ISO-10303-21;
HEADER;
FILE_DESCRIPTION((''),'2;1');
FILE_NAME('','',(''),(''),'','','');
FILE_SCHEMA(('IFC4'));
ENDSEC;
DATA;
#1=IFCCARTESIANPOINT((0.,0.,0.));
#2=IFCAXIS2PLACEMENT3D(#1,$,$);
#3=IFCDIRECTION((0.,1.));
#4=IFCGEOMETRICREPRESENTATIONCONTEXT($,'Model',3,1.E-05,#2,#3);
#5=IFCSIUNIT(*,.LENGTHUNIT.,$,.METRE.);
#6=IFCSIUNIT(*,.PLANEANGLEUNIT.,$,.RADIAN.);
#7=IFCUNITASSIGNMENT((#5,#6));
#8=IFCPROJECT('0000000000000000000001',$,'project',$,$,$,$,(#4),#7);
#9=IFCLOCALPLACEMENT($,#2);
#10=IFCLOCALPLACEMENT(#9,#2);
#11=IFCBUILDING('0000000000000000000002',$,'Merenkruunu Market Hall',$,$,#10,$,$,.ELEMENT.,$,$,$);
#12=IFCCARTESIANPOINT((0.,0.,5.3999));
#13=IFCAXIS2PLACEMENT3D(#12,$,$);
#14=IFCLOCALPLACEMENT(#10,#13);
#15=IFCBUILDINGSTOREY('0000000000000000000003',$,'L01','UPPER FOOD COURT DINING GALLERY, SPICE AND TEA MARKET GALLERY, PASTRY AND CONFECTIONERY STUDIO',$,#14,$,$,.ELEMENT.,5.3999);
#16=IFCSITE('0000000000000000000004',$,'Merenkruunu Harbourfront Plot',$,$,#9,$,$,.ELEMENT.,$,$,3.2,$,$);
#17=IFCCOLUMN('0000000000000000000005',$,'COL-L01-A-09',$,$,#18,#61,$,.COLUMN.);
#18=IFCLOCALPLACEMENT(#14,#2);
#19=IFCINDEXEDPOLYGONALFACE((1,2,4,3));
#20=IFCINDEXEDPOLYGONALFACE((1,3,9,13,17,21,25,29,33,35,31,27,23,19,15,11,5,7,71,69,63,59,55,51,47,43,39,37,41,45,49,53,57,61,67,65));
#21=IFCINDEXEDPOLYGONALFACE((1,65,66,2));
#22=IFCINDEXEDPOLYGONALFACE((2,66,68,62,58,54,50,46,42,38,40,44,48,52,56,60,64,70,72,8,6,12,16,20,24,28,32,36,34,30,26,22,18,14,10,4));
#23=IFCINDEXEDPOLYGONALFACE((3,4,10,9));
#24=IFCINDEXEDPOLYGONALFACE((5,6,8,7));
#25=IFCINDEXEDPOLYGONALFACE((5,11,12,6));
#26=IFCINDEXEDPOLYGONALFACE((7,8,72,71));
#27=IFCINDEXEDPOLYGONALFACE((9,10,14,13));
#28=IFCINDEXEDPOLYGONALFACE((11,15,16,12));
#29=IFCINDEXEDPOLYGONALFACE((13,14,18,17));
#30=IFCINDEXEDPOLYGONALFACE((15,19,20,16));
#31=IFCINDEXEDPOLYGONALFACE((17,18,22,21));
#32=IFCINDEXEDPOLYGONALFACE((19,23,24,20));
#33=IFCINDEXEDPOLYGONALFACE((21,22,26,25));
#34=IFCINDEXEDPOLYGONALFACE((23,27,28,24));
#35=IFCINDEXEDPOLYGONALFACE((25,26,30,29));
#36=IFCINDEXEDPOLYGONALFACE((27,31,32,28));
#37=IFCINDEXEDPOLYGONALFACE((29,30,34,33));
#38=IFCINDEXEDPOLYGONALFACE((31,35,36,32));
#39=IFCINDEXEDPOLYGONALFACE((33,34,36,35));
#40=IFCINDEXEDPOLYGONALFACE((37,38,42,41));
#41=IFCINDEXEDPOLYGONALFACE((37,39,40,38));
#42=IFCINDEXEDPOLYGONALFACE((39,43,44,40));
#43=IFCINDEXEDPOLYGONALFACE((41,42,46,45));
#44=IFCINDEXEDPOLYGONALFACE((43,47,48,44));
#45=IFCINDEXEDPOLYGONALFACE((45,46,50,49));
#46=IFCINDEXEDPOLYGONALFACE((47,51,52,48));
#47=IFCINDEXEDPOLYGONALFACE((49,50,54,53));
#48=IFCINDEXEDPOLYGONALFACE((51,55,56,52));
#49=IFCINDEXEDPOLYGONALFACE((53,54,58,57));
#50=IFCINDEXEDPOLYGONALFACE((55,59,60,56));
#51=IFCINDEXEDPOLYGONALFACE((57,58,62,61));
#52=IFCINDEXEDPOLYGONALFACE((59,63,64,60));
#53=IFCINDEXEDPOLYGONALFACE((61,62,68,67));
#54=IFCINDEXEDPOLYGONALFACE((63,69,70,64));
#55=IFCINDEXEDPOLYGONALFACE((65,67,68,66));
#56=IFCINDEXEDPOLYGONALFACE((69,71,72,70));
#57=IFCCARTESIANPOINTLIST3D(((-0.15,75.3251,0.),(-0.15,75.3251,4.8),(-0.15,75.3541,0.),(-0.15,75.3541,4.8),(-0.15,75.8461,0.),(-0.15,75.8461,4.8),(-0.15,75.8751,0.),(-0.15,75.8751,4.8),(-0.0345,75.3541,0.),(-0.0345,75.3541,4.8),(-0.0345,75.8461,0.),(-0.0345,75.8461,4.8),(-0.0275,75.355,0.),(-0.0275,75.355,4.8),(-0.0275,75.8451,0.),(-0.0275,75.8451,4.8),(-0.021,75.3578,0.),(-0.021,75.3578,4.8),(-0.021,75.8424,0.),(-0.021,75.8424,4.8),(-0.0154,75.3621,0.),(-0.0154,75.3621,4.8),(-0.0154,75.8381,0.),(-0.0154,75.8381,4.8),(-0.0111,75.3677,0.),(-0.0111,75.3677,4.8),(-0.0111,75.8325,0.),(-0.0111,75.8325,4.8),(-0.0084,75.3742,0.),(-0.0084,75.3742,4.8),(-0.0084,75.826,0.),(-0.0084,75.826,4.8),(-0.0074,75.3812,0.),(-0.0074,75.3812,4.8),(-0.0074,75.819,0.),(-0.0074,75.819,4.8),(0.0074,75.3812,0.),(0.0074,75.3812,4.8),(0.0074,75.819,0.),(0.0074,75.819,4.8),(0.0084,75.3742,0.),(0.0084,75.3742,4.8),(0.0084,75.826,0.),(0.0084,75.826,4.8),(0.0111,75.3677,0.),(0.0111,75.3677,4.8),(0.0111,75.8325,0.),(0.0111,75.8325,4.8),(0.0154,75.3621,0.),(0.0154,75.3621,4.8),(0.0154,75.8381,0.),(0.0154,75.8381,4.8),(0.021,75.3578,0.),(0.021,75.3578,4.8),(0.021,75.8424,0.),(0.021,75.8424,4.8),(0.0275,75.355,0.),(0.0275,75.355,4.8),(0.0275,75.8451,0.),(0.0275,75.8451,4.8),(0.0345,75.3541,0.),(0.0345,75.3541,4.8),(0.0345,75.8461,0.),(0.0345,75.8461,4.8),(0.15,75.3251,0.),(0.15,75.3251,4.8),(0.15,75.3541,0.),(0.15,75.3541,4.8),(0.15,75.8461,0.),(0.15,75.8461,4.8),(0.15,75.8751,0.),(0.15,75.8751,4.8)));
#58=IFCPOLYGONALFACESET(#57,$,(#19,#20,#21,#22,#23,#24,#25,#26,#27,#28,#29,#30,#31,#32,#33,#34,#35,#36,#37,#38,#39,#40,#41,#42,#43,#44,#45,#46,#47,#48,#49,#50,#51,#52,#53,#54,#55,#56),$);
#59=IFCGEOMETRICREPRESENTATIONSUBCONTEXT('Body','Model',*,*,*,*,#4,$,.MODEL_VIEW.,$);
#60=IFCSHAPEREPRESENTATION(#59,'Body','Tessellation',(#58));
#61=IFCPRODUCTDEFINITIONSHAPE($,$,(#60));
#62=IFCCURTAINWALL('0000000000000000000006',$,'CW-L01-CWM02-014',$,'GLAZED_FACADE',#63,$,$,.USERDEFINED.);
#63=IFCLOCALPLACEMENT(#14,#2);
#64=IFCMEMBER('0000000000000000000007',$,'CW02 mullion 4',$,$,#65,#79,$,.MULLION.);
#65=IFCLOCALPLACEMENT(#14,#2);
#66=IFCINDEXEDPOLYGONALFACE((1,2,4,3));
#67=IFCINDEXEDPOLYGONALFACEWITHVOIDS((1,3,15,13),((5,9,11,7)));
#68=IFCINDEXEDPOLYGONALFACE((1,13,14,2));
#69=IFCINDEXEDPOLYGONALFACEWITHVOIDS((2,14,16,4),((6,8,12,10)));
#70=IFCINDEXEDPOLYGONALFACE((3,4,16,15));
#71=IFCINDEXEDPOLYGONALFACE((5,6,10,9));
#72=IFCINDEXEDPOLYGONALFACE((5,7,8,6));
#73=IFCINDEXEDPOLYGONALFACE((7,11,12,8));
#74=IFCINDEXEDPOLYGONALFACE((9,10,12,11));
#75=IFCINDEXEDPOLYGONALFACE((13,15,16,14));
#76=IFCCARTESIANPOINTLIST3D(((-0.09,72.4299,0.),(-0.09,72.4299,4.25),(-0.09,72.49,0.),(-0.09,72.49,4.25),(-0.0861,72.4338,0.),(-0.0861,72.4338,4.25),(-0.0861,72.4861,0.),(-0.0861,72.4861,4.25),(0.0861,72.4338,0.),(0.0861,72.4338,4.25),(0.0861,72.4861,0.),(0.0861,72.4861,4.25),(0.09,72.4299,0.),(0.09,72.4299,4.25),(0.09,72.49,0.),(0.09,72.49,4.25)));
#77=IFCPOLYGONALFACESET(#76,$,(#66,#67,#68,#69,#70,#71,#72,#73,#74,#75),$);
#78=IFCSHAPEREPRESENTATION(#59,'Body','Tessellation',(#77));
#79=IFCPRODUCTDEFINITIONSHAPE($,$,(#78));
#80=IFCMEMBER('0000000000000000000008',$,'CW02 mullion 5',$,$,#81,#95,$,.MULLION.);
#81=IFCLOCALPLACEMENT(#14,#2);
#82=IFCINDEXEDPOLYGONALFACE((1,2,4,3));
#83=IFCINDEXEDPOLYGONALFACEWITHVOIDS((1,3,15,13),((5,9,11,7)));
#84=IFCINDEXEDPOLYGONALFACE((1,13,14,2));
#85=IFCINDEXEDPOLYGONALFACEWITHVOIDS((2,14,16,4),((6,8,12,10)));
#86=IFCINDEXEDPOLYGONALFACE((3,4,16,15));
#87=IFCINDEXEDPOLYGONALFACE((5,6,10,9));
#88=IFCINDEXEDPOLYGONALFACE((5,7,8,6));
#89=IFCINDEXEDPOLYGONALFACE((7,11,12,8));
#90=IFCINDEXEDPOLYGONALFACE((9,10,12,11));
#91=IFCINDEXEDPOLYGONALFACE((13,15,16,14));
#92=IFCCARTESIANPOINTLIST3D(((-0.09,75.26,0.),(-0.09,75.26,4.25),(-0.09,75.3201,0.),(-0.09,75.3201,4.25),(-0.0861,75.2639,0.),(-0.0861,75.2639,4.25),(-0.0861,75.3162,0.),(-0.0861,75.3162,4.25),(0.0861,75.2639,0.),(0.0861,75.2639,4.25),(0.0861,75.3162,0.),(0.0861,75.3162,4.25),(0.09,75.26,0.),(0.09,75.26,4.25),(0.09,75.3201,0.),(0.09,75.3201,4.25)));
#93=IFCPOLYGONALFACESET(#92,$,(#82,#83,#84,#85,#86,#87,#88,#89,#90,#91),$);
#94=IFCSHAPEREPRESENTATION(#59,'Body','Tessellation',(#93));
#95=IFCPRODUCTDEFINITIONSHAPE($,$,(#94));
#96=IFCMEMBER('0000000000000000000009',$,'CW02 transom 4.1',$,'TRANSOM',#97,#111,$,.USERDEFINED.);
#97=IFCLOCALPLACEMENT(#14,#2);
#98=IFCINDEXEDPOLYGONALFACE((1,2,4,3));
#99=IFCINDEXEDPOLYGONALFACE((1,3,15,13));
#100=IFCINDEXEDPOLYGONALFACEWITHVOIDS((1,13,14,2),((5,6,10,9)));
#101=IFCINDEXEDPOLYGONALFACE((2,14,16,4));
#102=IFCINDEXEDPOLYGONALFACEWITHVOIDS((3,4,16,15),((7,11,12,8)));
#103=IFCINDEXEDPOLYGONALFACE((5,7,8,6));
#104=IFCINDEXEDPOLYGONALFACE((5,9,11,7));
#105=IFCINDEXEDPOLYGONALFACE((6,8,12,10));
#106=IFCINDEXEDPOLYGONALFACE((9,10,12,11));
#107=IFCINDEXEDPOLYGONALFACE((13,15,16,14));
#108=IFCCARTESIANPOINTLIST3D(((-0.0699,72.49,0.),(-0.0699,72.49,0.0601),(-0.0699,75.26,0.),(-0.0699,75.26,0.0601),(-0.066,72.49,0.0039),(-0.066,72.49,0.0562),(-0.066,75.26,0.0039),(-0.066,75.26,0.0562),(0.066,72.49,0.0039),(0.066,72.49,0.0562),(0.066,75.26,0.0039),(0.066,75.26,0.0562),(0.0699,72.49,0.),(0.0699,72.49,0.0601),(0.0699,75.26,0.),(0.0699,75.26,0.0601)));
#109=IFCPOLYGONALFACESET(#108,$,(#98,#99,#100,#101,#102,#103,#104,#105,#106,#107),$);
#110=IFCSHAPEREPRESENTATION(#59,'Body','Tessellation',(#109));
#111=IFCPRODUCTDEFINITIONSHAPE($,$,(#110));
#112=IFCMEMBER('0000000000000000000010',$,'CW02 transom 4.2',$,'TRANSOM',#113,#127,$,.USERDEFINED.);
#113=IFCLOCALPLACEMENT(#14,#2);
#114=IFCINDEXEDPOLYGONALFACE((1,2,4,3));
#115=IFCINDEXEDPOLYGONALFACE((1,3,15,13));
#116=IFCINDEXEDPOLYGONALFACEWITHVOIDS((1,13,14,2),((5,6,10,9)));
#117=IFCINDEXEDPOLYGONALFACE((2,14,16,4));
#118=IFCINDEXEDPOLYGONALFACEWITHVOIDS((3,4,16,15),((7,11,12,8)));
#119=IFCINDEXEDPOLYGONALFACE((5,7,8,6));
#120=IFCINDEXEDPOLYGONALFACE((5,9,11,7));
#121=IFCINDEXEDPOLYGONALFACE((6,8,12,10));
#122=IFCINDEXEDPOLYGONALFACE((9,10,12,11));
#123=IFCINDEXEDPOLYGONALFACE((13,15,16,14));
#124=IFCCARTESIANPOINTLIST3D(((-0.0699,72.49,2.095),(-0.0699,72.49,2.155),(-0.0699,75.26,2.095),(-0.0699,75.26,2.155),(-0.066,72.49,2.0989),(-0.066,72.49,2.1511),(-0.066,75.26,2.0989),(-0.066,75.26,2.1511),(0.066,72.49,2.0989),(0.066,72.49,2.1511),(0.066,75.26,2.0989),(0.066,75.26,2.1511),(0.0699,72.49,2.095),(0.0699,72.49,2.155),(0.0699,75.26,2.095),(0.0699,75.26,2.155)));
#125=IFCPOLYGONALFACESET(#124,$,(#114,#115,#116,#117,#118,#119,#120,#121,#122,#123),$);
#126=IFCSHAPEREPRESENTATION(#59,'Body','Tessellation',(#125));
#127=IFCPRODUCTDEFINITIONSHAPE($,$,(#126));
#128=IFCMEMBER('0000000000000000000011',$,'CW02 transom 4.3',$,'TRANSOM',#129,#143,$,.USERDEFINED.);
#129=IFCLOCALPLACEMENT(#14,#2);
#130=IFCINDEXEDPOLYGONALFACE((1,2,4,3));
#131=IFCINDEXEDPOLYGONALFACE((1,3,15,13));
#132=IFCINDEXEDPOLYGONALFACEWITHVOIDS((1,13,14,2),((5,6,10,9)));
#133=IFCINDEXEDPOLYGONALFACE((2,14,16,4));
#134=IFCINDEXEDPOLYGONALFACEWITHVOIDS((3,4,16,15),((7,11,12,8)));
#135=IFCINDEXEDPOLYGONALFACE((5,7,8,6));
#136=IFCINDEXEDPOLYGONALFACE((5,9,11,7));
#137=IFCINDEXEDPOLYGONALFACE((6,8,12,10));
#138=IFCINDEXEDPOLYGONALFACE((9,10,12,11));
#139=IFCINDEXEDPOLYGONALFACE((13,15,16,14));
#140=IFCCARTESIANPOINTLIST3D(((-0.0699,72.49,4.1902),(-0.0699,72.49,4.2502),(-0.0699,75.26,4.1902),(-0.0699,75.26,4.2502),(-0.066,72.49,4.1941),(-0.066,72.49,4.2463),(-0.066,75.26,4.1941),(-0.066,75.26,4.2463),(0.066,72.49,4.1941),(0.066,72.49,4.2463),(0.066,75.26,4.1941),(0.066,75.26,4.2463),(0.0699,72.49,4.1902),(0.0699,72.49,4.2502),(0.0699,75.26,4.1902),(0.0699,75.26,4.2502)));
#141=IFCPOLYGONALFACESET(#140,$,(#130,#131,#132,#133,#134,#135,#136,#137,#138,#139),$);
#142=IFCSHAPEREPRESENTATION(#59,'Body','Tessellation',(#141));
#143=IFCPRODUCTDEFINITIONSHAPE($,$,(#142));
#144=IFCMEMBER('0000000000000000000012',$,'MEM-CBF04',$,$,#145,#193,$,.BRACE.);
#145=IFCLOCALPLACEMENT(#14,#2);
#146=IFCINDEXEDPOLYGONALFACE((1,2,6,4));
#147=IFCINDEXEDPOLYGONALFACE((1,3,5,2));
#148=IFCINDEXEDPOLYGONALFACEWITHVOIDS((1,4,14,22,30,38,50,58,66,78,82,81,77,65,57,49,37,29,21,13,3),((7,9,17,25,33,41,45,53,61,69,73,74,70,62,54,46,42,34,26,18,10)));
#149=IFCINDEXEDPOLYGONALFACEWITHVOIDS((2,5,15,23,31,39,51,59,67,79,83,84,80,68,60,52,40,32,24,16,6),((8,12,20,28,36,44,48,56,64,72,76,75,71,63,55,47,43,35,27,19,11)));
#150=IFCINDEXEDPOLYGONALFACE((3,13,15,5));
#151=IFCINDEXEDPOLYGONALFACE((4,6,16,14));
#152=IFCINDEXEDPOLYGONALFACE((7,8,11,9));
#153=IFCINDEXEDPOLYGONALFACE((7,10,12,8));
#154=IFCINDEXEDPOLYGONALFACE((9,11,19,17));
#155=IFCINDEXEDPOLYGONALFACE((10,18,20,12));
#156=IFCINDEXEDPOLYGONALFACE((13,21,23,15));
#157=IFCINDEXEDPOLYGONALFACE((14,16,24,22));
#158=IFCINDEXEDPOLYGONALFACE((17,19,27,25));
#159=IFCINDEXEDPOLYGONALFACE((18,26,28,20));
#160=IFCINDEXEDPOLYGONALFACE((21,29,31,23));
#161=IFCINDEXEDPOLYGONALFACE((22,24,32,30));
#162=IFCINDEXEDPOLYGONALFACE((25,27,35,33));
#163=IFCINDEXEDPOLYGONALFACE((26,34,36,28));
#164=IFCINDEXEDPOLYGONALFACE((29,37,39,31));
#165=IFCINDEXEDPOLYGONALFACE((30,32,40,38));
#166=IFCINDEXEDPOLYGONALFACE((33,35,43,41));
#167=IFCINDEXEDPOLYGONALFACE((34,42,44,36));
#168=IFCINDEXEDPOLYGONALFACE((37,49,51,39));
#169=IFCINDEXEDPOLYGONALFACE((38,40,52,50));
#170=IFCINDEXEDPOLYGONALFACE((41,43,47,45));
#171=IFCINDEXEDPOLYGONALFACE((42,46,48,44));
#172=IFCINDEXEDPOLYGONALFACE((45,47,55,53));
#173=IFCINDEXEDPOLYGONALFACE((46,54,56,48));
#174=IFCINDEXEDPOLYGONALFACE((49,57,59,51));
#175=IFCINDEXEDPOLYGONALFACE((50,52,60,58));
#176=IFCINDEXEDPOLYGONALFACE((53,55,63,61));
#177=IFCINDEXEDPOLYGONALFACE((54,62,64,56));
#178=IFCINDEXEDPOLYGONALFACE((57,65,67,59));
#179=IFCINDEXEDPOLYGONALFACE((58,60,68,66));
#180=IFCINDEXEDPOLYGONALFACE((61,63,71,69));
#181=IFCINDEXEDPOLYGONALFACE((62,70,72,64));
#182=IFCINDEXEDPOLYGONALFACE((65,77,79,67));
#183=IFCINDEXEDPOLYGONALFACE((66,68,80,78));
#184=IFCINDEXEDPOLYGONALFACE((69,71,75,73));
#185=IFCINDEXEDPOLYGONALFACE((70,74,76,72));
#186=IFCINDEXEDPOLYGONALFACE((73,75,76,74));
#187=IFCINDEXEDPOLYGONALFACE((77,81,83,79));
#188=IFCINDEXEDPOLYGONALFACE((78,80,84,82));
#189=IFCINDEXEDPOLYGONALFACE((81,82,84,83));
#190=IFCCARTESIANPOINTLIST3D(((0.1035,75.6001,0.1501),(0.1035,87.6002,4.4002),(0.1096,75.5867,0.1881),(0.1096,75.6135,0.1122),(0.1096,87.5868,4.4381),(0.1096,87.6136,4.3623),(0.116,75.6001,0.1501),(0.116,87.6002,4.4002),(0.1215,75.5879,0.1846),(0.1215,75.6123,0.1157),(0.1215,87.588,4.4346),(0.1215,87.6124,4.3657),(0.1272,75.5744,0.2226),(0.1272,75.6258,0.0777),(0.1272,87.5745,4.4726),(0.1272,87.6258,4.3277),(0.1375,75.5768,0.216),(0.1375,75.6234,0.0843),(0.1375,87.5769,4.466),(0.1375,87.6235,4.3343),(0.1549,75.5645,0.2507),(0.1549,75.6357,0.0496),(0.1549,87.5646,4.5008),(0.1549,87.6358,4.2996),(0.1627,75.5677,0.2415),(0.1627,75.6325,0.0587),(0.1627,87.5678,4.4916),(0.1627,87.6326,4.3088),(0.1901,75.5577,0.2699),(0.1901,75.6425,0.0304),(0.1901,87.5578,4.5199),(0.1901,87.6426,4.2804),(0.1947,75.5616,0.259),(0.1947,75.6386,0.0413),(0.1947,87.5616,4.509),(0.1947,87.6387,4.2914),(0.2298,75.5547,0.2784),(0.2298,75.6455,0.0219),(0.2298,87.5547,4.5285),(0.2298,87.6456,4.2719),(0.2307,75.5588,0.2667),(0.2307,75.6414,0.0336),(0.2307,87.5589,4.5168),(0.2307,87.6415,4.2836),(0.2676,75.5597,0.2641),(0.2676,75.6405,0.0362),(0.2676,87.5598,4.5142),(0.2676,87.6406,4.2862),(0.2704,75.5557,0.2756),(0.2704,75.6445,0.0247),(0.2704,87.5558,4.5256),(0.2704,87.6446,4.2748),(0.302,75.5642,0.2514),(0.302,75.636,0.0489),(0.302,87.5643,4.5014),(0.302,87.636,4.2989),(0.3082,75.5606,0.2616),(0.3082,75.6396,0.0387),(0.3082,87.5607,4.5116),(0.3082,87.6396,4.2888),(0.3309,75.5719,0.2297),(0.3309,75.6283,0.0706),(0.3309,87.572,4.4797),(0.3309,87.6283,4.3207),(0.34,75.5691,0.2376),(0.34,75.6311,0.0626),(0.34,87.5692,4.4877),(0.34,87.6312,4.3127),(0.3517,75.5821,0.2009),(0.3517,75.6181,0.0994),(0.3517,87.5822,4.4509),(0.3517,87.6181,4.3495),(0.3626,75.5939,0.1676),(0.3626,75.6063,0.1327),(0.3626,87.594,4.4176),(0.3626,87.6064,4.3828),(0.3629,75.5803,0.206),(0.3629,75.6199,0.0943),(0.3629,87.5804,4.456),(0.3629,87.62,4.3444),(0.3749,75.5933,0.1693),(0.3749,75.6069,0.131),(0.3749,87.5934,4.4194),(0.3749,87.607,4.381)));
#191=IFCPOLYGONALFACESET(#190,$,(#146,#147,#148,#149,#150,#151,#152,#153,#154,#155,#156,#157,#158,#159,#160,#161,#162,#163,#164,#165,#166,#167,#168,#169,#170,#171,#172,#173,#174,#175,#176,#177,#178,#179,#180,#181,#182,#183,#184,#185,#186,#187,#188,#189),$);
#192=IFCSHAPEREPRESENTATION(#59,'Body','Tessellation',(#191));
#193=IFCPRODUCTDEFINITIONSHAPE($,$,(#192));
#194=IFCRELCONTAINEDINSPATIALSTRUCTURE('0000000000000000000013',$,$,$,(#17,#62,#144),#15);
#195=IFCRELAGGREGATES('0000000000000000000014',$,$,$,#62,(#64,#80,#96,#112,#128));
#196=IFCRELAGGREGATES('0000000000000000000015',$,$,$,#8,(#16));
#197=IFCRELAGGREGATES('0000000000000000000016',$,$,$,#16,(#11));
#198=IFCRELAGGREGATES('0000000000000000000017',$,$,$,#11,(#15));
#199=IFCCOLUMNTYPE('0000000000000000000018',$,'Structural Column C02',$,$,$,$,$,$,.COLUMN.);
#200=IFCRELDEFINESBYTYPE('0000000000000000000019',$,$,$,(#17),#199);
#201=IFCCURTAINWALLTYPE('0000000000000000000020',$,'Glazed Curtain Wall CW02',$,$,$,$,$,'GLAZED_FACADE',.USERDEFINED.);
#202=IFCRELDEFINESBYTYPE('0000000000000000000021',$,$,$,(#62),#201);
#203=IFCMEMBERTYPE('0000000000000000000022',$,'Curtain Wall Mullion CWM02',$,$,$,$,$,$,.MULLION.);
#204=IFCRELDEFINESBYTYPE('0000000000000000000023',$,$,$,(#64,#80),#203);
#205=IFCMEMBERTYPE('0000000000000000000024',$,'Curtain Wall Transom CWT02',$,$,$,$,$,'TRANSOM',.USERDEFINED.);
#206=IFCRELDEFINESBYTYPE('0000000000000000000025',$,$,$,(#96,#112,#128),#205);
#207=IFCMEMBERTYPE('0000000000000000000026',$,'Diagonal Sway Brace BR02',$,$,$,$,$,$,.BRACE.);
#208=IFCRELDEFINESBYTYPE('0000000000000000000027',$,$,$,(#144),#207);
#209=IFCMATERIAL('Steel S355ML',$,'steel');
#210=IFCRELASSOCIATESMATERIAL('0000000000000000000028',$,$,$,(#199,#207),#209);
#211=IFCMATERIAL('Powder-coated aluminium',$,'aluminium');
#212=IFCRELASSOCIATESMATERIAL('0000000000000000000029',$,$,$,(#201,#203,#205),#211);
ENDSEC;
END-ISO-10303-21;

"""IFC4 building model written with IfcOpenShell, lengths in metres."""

from ifc_helpers import new_model, si_unit, direction, frame, origin, origin_2d, place, context, subcontext, project, spatial, hollow_rectangle, hollow_circle, i_section, extrude, material, material_profile, profile_set, type_object, element, aggregate, save


model = new_model("IFC4")

# Units and contexts
model_context = context("Model", 3, precision=1e-05, world=origin(), true_north=direction((0.0, 1.0)))
body_context = subcontext(model_context, "Body", "Model", "MODEL_VIEW")
ifc_project = project(units=[si_unit("LENGTHUNIT", "METRE"), si_unit("PLANEANGLEUNIT", "RADIAN")], contexts=[model_context])

# Site, building, storey
site_placement = place(None, origin())
site = spatial("IfcSite", under=ifc_project, at=site_placement, Name="Merenkruunu Harbourfront Plot", CompositionType="ELEMENT", RefElevation=3.2)
building_placement = place(site_placement, origin())
building = spatial("IfcBuilding", under=site, at=building_placement, Name="Merenkruunu Market Hall", CompositionType="ELEMENT")
storey_placement = place(building_placement, frame((0.0, 0.0, 5.3999)))
storey = spatial("IfcBuildingStorey", under=building, at=storey_placement, Name="L01", Description="UPPER FOOD COURT DINING GALLERY, SPICE AND TEA MARKET GALLERY, PASTRY AND CONFECTIONERY STUDIO", CompositionType="ELEMENT", Elevation=5.3999)

# Column
ifc_material_1 = material(Name="Steel S355ML", Category="steel")
ifc_material_profile_1 = material_profile(ifc_material_1, i_section(OverallWidth=0.3, OverallDepth=0.55, WebThickness=0.0149, FlangeThickness=0.0291, FilletRadius=0.0271, at=origin_2d()), Name="HEB 550")
ifc_profile_set_1 = profile_set([ifc_material_profile_1], Name="Steel S355ML")
column_type = type_object("IfcColumnType", Name="Structural Column C02", PredefinedType="COLUMN", material=ifc_profile_set_1)
column_placement = place(storey_placement, frame((0.0, 75.6001, 0.0), z_axis=(0.0, 0.0, 1.0), x_axis=(1.0, 0.0, 0.0)))
element("IfcColumn", 1, at=column_placement, inside=storey, type_object=column_type, Name="COL-L01-A-09", PredefinedType="COLUMN", context=body_context, shape_type="SweptSolid", body=[
    extrude(i_section(OverallWidth=0.3, OverallDepth=0.55, WebThickness=0.0149, FlangeThickness=0.0291, FilletRadius=0.0271, at=origin_2d()), origin(), (0.0, 0.0, 1.0), 4.8),
])

# Curtain wall, members
ifc_material_2 = material(Name="Powder-coated aluminium", Category="aluminium")
curtain_wall_type = type_object("IfcCurtainWallType", Name="Glazed Curtain Wall CW02", ElementType="GLAZED_FACADE", PredefinedType="USERDEFINED", material=ifc_material_2)
curtain_wall_placement = place(storey_placement, origin())
curtain_wall = element("IfcCurtainWall", 2, at=curtain_wall_placement, inside=storey, type_object=curtain_wall_type, Name="CW-L01-CWM02-014", ObjectType="GLAZED_FACADE", PredefinedType="USERDEFINED")
ifc_material_profile_2 = material_profile(ifc_material_2, hollow_rectangle(XDim=0.0601, YDim=0.1799, WallThickness=0.0039, at=origin_2d()), Name="ALU 60x180x4")
ifc_profile_set_2 = profile_set([ifc_material_profile_2], Name="Powder-coated aluminium")
member_type_1 = type_object("IfcMemberType", Name="Curtain Wall Mullion CWM02", PredefinedType="MULLION", material=ifc_profile_set_2)
member_1_placement = place(storey_placement, frame((0.0, 72.46, 0.0), z_axis=(0.0, 0.0, 1.0), x_axis=(0.0, 1.0, 0.0)))
member_1 = element("IfcMember", 3, at=member_1_placement, type_object=member_type_1, Name="CW02 mullion 4", PredefinedType="MULLION", context=body_context, shape_type="SweptSolid", body=[
    extrude(hollow_rectangle(XDim=0.0601, YDim=0.1799, WallThickness=0.0039, at=origin_2d()), origin(), (0.0, 0.0, 1.0), 4.25),
])
member_2_placement = place(storey_placement, frame((0.0, 75.29, 0.0), z_axis=(0.0, 0.0, 1.0), x_axis=(0.0, 1.0, 0.0)))
member_2 = element("IfcMember", 4, at=member_2_placement, type_object=member_type_1, Name="CW02 mullion 5", PredefinedType="MULLION", context=body_context, shape_type="SweptSolid", body=[
    extrude(hollow_rectangle(XDim=0.0601, YDim=0.1799, WallThickness=0.0039, at=origin_2d()), origin(), (0.0, 0.0, 1.0), 4.25),
])
ifc_material_profile_3 = material_profile(ifc_material_2, hollow_rectangle(XDim=0.0601, YDim=0.1399, WallThickness=0.0039, at=origin_2d()), Name="ALU 60x140x4")
ifc_profile_set_3 = profile_set([ifc_material_profile_3], Name="Powder-coated aluminium")
member_type_2 = type_object("IfcMemberType", Name="Curtain Wall Transom CWT02", ElementType="TRANSOM", PredefinedType="USERDEFINED", material=ifc_profile_set_3)
member_3_placement = place(storey_placement, frame((0.0, 72.49, 0.03), z_axis=(0.0, 1.0, 0.0), x_axis=(0.0, 0.0, 1.0)))
member_3 = element("IfcMember", 5, at=member_3_placement, type_object=member_type_2, Name="CW02 transom 4.1", ObjectType="TRANSOM", PredefinedType="USERDEFINED", context=body_context, shape_type="SweptSolid", body=[
    extrude(hollow_rectangle(XDim=0.0601, YDim=0.1399, WallThickness=0.0039, at=origin_2d()), origin(), (0.0, 0.0, 1.0), 2.77),
])
member_4_placement = place(storey_placement, frame((0.0, 72.49, 2.125), z_axis=(0.0, 1.0, 0.0), x_axis=(0.0, 0.0, 1.0)))
member_4 = element("IfcMember", 6, at=member_4_placement, type_object=member_type_2, Name="CW02 transom 4.2", ObjectType="TRANSOM", PredefinedType="USERDEFINED", context=body_context, shape_type="SweptSolid", body=[
    extrude(hollow_rectangle(XDim=0.0601, YDim=0.1399, WallThickness=0.0039, at=origin_2d()), origin(), (0.0, 0.0, 1.0), 2.77),
])
member_5_placement = place(storey_placement, frame((0.0, 72.49, 4.2202), z_axis=(0.0, 1.0, 0.0), x_axis=(0.0, 0.0, 1.0)))
member_5 = element("IfcMember", 7, at=member_5_placement, type_object=member_type_2, Name="CW02 transom 4.3", ObjectType="TRANSOM", PredefinedType="USERDEFINED", context=body_context, shape_type="SweptSolid", body=[
    extrude(hollow_rectangle(XDim=0.0601, YDim=0.1399, WallThickness=0.0039, at=origin_2d()), origin(), (0.0, 0.0, 1.0), 2.77),
])

# Member
ifc_material_profile_4 = material_profile(ifc_material_1, hollow_circle(Radius=0.1365, WallThickness=0.0125, at=origin_2d()), Name="CHS 273x12.5")
ifc_profile_set_4 = profile_set([ifc_material_profile_4], Name="Steel S355ML")
member_type_3 = type_object("IfcMemberType", Name="Diagonal Sway Brace BR02", PredefinedType="BRACE", material=ifc_profile_set_4)
member_6_placement = place(storey_placement, frame((0.24, 75.6001, 0.1501), z_axis=(0.0, 0.942627, 0.333847), x_axis=(-1.0, 0.0, 0.0)))
element("IfcMember", 8, at=member_6_placement, inside=storey, type_object=member_type_3, Name="MEM-CBF04", PredefinedType="BRACE", context=body_context, shape_type="SweptSolid", body=[
    extrude(hollow_circle(Radius=0.1365, WallThickness=0.0125, at=origin_2d()), origin(), (0.0, 0.0, 1.0), 12.7305),
])

aggregate(curtain_wall, [member_1, member_2, member_3, member_4, member_5])

save(model, "model.ifc")
